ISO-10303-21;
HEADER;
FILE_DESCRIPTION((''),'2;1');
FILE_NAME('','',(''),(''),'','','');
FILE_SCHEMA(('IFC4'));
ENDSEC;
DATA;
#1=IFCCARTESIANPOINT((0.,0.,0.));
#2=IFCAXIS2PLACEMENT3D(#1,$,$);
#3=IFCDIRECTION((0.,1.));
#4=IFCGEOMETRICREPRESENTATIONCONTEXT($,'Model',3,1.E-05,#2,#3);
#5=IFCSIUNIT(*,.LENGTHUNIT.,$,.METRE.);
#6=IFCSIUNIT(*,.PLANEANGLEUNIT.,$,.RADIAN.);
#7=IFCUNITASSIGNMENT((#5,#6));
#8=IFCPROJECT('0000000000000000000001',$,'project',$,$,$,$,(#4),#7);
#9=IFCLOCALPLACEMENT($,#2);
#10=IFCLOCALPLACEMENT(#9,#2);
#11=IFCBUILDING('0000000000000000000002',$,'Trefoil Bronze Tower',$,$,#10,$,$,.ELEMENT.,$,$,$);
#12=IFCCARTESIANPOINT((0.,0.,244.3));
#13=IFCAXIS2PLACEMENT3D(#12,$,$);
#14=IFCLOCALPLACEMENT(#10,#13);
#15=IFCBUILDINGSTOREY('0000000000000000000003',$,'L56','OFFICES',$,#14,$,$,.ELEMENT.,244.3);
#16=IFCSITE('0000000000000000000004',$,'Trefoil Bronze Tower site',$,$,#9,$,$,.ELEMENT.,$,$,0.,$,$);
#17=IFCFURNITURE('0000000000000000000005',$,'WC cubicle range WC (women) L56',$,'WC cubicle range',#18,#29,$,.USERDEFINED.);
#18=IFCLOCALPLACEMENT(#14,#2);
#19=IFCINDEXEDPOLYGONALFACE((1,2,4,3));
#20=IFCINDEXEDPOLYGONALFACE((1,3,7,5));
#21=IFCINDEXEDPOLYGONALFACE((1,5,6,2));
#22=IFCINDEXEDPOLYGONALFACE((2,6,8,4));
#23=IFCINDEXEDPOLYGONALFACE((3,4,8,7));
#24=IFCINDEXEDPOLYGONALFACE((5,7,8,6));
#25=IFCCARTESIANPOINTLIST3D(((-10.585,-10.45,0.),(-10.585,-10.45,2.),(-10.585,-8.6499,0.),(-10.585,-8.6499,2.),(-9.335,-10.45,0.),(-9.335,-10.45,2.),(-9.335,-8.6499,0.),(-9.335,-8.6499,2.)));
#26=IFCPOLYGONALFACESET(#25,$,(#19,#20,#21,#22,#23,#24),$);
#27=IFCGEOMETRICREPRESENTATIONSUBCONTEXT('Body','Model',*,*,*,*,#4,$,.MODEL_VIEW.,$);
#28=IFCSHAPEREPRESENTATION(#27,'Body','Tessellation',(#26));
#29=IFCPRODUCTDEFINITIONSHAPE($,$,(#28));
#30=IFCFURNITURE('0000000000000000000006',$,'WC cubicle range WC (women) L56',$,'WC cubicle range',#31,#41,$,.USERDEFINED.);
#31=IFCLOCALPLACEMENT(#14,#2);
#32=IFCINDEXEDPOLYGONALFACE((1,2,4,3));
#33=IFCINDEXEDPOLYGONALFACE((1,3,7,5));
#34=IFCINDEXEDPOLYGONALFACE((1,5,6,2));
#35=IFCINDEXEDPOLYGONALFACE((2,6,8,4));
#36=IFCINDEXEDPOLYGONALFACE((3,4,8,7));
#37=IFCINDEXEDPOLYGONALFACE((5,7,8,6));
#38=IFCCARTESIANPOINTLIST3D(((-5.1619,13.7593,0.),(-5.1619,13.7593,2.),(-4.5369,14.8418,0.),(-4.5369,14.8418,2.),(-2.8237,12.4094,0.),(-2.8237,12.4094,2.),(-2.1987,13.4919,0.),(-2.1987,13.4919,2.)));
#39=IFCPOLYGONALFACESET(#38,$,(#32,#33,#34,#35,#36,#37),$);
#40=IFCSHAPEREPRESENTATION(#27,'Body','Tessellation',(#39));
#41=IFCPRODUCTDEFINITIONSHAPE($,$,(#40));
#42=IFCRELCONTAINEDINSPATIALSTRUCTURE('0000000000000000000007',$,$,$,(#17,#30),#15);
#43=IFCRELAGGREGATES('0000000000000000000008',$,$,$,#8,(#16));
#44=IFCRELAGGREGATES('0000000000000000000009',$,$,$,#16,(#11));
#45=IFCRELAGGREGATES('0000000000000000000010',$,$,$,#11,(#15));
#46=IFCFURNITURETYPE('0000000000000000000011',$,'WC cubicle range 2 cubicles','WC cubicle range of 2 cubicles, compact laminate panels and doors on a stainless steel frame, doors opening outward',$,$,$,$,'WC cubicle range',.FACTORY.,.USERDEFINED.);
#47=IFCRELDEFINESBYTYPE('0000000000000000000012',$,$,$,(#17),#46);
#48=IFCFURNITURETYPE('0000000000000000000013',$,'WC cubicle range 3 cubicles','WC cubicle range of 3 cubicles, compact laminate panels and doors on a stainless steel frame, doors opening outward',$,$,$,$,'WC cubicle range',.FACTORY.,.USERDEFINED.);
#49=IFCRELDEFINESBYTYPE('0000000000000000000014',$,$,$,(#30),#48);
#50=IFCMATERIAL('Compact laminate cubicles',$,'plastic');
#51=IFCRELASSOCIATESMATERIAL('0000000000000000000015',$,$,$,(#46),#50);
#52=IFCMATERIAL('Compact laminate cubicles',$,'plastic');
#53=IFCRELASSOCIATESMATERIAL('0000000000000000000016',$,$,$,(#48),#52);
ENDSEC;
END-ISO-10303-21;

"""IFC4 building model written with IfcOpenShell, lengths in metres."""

from ifc_helpers import new_model, si_unit, direction, frame, origin, place, context, subcontext, project, spatial, polyline, outline, extrude, material, type_object, element, save


model = new_model("IFC4")

# Units and contexts
model_context = context("Model", 3, precision=1e-05, world=origin(), true_north=direction((0.0, 1.0)))
body_context = subcontext(model_context, "Body", "Model", "MODEL_VIEW")
ifc_project = project(units=[si_unit("LENGTHUNIT", "METRE"), si_unit("PLANEANGLEUNIT", "RADIAN")], contexts=[model_context])

# Site, building, storey
site_placement = place(None, origin())
site = spatial("IfcSite", under=ifc_project, at=site_placement, Name="Trefoil Bronze Tower site", CompositionType="ELEMENT", RefElevation=0.0)
building_placement = place(site_placement, origin())
building = spatial("IfcBuilding", under=site, at=building_placement, Name="Trefoil Bronze Tower", CompositionType="ELEMENT")
storey_placement = place(building_placement, frame((0.0, 0.0, 244.3)))
storey = spatial("IfcBuildingStorey", under=building, at=storey_placement, Name="L56", Description="OFFICES", CompositionType="ELEMENT", Elevation=244.3)

# Furniture
ifc_material_1 = material(Name="Compact laminate cubicles", Category="plastic")
furniture_type_1 = type_object("IfcFurnitureType", Name="WC cubicle range 2 cubicles", Description="WC cubicle range of 2 cubicles, compact laminate panels and doors on a stainless steel frame, doors opening outward", ElementType="WC cubicle range", AssemblyPlace="FACTORY", PredefinedType="USERDEFINED", material=ifc_material_1)
furniture_1_placement = place(storey_placement, origin())
element("IfcFurniture", 1, at=furniture_1_placement, inside=storey, type_object=furniture_type_1, Name="WC cubicle range WC (women) L56", ObjectType="WC cubicle range", PredefinedType="USERDEFINED", context=body_context, shape_type="SweptSolid", body=[
    extrude(outline(polyline([(-9.335, -8.6499), (-10.585, -8.6499), (-10.585, -10.45), (-9.335, -10.45), (-9.335, -8.6499)])), origin(), (0.0, 0.0, 1.0), 2.0),
])
ifc_material_2 = material(Name="Compact laminate cubicles", Category="plastic")
furniture_type_2 = type_object("IfcFurnitureType", Name="WC cubicle range 3 cubicles", Description="WC cubicle range of 3 cubicles, compact laminate panels and doors on a stainless steel frame, doors opening outward", ElementType="WC cubicle range", AssemblyPlace="FACTORY", PredefinedType="USERDEFINED", material=ifc_material_2)
furniture_2_placement = place(storey_placement, origin())
element("IfcFurniture", 2, at=furniture_2_placement, inside=storey, type_object=furniture_type_2, Name="WC cubicle range WC (women) L56", ObjectType="WC cubicle range", PredefinedType="USERDEFINED", context=body_context, shape_type="SweptSolid", body=[
    extrude(outline(polyline([(-2.8237, 12.4094), (-2.1987, 13.4919), (-4.5369, 14.8418), (-5.1619, 13.7593), (-2.8237, 12.4094)])), origin(), (0.0, 0.0, 1.0), 2.0),
])

save(model, "model.ifc")
